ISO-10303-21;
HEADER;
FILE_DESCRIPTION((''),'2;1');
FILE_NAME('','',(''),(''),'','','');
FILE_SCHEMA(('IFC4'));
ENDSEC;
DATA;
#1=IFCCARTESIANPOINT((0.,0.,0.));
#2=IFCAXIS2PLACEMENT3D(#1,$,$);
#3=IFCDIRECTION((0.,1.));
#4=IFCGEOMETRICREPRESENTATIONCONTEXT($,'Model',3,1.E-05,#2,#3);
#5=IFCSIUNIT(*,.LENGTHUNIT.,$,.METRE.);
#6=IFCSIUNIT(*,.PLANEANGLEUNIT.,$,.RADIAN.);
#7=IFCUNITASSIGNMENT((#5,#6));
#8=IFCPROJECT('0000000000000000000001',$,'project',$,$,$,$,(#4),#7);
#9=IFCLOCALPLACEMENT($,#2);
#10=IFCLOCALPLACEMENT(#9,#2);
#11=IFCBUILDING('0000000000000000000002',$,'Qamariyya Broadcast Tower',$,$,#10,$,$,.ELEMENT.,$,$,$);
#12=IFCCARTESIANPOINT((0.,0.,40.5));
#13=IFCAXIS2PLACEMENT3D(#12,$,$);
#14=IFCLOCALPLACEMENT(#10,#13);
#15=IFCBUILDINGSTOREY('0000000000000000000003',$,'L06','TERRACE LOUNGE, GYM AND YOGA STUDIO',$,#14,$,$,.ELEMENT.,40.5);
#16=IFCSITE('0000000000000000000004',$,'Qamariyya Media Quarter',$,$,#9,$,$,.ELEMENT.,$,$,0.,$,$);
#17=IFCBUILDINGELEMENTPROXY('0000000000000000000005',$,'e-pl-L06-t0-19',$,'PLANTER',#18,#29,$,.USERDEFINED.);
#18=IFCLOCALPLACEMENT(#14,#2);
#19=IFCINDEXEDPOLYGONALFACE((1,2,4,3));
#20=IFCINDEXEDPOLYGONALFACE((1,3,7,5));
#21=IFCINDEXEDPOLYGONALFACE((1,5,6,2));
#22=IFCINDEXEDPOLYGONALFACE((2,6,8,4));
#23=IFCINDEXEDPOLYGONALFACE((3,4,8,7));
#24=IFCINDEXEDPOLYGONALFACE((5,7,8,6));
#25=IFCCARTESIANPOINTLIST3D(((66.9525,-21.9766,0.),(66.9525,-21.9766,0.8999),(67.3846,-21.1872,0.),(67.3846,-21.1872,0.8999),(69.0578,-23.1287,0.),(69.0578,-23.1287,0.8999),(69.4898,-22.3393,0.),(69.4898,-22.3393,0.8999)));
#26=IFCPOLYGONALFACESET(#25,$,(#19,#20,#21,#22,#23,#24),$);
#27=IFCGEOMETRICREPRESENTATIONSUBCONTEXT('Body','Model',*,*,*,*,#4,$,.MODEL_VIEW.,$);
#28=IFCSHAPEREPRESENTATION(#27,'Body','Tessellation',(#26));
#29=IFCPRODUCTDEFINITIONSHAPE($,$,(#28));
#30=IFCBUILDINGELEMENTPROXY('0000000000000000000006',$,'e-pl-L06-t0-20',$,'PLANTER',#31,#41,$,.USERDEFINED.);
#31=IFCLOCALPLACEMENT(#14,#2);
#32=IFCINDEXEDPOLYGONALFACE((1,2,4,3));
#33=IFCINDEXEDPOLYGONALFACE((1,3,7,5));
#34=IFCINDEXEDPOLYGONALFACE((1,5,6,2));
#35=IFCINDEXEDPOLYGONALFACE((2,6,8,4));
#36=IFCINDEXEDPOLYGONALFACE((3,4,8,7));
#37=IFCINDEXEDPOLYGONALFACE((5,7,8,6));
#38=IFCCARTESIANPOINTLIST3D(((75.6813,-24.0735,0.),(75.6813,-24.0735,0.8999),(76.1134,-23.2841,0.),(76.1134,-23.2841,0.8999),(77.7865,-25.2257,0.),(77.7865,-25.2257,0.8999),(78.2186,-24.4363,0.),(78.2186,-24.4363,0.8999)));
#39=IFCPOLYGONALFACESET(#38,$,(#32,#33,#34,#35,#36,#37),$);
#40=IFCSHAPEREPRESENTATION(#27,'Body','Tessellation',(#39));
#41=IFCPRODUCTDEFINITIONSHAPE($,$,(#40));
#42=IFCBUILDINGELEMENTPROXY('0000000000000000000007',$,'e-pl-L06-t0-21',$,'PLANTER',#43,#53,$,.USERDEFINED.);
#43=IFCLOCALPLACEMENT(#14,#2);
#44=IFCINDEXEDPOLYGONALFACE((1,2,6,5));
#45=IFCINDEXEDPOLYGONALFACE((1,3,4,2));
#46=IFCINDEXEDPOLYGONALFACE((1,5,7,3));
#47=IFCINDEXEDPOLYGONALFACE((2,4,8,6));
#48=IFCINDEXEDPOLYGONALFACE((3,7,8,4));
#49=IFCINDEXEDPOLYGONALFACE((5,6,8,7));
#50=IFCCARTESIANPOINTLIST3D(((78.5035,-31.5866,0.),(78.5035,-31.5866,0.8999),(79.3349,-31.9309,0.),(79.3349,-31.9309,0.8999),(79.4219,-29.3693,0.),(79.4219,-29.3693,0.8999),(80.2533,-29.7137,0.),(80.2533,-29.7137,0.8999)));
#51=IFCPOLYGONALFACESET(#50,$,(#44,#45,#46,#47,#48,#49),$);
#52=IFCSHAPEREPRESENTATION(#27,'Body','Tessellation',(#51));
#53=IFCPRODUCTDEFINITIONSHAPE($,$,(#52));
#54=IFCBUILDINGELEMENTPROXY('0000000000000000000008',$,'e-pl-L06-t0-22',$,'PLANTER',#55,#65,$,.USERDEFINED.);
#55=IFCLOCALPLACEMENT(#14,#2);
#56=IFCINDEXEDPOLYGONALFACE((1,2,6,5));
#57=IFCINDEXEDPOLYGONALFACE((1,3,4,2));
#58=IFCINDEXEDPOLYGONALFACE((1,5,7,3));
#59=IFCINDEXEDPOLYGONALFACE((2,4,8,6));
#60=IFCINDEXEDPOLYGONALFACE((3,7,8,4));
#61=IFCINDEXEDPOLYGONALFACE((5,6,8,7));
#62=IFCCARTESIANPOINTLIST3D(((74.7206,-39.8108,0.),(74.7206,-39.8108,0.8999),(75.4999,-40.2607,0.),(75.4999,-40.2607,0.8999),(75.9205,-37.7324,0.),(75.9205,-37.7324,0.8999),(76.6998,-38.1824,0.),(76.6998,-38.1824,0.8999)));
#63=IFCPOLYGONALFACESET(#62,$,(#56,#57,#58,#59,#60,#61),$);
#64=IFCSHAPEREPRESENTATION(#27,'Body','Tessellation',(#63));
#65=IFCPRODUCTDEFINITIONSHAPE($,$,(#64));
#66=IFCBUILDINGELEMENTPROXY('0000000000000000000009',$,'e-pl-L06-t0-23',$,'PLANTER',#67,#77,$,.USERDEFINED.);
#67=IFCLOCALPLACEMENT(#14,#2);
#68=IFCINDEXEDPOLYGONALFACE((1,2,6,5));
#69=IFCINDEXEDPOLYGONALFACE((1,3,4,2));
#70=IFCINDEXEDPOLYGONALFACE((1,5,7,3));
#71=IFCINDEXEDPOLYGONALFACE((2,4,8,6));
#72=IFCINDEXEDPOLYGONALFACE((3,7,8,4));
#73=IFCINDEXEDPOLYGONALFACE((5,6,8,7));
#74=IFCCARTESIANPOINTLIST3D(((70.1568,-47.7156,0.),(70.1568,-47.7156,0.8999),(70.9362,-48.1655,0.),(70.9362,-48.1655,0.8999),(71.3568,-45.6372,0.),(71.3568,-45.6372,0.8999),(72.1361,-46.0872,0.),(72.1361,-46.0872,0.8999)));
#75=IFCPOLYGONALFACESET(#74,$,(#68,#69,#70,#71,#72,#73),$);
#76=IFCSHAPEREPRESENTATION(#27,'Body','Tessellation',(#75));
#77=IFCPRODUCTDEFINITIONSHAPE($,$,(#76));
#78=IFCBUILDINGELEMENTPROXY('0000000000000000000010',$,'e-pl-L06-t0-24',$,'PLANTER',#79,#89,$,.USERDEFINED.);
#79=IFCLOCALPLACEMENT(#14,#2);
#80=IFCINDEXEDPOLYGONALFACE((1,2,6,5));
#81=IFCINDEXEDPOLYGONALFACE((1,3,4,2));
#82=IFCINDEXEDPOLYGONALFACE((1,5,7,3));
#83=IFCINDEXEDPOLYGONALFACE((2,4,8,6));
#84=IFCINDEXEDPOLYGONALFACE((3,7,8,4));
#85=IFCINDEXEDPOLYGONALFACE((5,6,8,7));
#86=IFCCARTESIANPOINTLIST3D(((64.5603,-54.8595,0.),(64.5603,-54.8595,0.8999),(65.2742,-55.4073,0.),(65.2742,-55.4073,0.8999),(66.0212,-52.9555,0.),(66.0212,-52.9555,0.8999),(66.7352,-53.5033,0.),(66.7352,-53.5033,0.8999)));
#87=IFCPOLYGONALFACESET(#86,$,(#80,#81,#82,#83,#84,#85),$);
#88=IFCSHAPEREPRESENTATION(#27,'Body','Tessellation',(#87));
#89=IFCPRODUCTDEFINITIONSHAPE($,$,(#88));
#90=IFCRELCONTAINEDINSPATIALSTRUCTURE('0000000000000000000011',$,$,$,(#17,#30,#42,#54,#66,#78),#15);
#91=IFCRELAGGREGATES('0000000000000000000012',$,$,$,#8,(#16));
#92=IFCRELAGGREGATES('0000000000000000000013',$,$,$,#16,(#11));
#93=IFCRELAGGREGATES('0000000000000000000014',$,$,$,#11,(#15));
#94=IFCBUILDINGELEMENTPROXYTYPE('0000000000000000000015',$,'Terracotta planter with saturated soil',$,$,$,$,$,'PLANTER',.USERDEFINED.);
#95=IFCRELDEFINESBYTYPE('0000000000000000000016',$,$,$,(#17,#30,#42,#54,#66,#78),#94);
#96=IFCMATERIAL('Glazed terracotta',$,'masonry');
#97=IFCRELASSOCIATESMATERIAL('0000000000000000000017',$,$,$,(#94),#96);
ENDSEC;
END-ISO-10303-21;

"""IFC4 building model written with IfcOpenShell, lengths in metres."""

from ifc_helpers import new_model, si_unit, direction, frame, origin, origin_2d, place, context, subcontext, project, spatial, rectangle, extrude, material, type_object, element, save


model = new_model("IFC4")

# Units and contexts
model_context = context("Model", 3, precision=1e-05, world=origin(), true_north=direction((0.0, 1.0)))
body_context = subcontext(model_context, "Body", "Model", "MODEL_VIEW")
ifc_project = project(units=[si_unit("LENGTHUNIT", "METRE"), si_unit("PLANEANGLEUNIT", "RADIAN")], contexts=[model_context])

# Site, building, storey
site_placement = place(None, origin())
site = spatial("IfcSite", under=ifc_project, at=site_placement, Name="Qamariyya Media Quarter", CompositionType="ELEMENT", RefElevation=0.0)
building_placement = place(site_placement, origin())
building = spatial("IfcBuilding", under=site, at=building_placement, Name="Qamariyya Broadcast Tower", CompositionType="ELEMENT")
storey_placement = place(building_placement, frame((0.0, 0.0, 40.5)))
storey = spatial("IfcBuildingStorey", under=building, at=storey_placement, Name="L06", Description="TERRACE LOUNGE, GYM AND YOGA STUDIO", CompositionType="ELEMENT", Elevation=40.5)

# Shared definitions
ifc_material_1 = material(Name="Glazed terracotta", Category="masonry")

# Building element proxies
building_element_proxy_type = type_object("IfcBuildingElementProxyType", Name="Terracotta planter with saturated soil", ElementType="PLANTER", PredefinedType="USERDEFINED", material=ifc_material_1)
for number, where, z_axis, x_axis, name in (
    (1, (68.2212, -22.158, 0.0), (0.0, 0.0, 1.0), (0.877235, -0.480062, 0.0), "e-pl-L06-t0-19"),
    (2, (76.95, -24.2549, 0.0), (0.0, 0.0, 1.0), (0.877209, -0.480108, 0.0), "e-pl-L06-t0-20"),
    (3, (79.3784, -30.6501, 0.0), (0.0, 0.0, 1.0), (-0.382683, -0.92388, 0.0), "e-pl-L06-t0-21"),
    (4, (75.7102, -38.9966, 0.0), (0.0, 0.0, 1.0), (-0.5, -0.866025, 0.0), "e-pl-L06-t0-22"),
    (5, (71.1465, -46.9014, 0.0), (0.0, 0.0, 1.0), (-0.5, -0.866025, 0.0), "e-pl-L06-t0-23"),
    (6, (65.6477, -54.1814, 0.0), (0.0, 0.0, 1.0), (-0.608761, -0.793353, 0.0), "e-pl-L06-t0-24"),
):
    element("IfcBuildingElementProxy", number, at=place(storey_placement, frame(where, z_axis=z_axis, x_axis=x_axis)), inside=storey, type_object=building_element_proxy_type, Name=name, ObjectType="PLANTER", PredefinedType="USERDEFINED", context=body_context, shape_type="SweptSolid", body=[
        extrude(rectangle(XDim=2.3999, YDim=0.8999, at=origin_2d()), origin(), (0.0, 0.0, 1.0), 0.8999),
    ])

save(model, "model.ifc")
